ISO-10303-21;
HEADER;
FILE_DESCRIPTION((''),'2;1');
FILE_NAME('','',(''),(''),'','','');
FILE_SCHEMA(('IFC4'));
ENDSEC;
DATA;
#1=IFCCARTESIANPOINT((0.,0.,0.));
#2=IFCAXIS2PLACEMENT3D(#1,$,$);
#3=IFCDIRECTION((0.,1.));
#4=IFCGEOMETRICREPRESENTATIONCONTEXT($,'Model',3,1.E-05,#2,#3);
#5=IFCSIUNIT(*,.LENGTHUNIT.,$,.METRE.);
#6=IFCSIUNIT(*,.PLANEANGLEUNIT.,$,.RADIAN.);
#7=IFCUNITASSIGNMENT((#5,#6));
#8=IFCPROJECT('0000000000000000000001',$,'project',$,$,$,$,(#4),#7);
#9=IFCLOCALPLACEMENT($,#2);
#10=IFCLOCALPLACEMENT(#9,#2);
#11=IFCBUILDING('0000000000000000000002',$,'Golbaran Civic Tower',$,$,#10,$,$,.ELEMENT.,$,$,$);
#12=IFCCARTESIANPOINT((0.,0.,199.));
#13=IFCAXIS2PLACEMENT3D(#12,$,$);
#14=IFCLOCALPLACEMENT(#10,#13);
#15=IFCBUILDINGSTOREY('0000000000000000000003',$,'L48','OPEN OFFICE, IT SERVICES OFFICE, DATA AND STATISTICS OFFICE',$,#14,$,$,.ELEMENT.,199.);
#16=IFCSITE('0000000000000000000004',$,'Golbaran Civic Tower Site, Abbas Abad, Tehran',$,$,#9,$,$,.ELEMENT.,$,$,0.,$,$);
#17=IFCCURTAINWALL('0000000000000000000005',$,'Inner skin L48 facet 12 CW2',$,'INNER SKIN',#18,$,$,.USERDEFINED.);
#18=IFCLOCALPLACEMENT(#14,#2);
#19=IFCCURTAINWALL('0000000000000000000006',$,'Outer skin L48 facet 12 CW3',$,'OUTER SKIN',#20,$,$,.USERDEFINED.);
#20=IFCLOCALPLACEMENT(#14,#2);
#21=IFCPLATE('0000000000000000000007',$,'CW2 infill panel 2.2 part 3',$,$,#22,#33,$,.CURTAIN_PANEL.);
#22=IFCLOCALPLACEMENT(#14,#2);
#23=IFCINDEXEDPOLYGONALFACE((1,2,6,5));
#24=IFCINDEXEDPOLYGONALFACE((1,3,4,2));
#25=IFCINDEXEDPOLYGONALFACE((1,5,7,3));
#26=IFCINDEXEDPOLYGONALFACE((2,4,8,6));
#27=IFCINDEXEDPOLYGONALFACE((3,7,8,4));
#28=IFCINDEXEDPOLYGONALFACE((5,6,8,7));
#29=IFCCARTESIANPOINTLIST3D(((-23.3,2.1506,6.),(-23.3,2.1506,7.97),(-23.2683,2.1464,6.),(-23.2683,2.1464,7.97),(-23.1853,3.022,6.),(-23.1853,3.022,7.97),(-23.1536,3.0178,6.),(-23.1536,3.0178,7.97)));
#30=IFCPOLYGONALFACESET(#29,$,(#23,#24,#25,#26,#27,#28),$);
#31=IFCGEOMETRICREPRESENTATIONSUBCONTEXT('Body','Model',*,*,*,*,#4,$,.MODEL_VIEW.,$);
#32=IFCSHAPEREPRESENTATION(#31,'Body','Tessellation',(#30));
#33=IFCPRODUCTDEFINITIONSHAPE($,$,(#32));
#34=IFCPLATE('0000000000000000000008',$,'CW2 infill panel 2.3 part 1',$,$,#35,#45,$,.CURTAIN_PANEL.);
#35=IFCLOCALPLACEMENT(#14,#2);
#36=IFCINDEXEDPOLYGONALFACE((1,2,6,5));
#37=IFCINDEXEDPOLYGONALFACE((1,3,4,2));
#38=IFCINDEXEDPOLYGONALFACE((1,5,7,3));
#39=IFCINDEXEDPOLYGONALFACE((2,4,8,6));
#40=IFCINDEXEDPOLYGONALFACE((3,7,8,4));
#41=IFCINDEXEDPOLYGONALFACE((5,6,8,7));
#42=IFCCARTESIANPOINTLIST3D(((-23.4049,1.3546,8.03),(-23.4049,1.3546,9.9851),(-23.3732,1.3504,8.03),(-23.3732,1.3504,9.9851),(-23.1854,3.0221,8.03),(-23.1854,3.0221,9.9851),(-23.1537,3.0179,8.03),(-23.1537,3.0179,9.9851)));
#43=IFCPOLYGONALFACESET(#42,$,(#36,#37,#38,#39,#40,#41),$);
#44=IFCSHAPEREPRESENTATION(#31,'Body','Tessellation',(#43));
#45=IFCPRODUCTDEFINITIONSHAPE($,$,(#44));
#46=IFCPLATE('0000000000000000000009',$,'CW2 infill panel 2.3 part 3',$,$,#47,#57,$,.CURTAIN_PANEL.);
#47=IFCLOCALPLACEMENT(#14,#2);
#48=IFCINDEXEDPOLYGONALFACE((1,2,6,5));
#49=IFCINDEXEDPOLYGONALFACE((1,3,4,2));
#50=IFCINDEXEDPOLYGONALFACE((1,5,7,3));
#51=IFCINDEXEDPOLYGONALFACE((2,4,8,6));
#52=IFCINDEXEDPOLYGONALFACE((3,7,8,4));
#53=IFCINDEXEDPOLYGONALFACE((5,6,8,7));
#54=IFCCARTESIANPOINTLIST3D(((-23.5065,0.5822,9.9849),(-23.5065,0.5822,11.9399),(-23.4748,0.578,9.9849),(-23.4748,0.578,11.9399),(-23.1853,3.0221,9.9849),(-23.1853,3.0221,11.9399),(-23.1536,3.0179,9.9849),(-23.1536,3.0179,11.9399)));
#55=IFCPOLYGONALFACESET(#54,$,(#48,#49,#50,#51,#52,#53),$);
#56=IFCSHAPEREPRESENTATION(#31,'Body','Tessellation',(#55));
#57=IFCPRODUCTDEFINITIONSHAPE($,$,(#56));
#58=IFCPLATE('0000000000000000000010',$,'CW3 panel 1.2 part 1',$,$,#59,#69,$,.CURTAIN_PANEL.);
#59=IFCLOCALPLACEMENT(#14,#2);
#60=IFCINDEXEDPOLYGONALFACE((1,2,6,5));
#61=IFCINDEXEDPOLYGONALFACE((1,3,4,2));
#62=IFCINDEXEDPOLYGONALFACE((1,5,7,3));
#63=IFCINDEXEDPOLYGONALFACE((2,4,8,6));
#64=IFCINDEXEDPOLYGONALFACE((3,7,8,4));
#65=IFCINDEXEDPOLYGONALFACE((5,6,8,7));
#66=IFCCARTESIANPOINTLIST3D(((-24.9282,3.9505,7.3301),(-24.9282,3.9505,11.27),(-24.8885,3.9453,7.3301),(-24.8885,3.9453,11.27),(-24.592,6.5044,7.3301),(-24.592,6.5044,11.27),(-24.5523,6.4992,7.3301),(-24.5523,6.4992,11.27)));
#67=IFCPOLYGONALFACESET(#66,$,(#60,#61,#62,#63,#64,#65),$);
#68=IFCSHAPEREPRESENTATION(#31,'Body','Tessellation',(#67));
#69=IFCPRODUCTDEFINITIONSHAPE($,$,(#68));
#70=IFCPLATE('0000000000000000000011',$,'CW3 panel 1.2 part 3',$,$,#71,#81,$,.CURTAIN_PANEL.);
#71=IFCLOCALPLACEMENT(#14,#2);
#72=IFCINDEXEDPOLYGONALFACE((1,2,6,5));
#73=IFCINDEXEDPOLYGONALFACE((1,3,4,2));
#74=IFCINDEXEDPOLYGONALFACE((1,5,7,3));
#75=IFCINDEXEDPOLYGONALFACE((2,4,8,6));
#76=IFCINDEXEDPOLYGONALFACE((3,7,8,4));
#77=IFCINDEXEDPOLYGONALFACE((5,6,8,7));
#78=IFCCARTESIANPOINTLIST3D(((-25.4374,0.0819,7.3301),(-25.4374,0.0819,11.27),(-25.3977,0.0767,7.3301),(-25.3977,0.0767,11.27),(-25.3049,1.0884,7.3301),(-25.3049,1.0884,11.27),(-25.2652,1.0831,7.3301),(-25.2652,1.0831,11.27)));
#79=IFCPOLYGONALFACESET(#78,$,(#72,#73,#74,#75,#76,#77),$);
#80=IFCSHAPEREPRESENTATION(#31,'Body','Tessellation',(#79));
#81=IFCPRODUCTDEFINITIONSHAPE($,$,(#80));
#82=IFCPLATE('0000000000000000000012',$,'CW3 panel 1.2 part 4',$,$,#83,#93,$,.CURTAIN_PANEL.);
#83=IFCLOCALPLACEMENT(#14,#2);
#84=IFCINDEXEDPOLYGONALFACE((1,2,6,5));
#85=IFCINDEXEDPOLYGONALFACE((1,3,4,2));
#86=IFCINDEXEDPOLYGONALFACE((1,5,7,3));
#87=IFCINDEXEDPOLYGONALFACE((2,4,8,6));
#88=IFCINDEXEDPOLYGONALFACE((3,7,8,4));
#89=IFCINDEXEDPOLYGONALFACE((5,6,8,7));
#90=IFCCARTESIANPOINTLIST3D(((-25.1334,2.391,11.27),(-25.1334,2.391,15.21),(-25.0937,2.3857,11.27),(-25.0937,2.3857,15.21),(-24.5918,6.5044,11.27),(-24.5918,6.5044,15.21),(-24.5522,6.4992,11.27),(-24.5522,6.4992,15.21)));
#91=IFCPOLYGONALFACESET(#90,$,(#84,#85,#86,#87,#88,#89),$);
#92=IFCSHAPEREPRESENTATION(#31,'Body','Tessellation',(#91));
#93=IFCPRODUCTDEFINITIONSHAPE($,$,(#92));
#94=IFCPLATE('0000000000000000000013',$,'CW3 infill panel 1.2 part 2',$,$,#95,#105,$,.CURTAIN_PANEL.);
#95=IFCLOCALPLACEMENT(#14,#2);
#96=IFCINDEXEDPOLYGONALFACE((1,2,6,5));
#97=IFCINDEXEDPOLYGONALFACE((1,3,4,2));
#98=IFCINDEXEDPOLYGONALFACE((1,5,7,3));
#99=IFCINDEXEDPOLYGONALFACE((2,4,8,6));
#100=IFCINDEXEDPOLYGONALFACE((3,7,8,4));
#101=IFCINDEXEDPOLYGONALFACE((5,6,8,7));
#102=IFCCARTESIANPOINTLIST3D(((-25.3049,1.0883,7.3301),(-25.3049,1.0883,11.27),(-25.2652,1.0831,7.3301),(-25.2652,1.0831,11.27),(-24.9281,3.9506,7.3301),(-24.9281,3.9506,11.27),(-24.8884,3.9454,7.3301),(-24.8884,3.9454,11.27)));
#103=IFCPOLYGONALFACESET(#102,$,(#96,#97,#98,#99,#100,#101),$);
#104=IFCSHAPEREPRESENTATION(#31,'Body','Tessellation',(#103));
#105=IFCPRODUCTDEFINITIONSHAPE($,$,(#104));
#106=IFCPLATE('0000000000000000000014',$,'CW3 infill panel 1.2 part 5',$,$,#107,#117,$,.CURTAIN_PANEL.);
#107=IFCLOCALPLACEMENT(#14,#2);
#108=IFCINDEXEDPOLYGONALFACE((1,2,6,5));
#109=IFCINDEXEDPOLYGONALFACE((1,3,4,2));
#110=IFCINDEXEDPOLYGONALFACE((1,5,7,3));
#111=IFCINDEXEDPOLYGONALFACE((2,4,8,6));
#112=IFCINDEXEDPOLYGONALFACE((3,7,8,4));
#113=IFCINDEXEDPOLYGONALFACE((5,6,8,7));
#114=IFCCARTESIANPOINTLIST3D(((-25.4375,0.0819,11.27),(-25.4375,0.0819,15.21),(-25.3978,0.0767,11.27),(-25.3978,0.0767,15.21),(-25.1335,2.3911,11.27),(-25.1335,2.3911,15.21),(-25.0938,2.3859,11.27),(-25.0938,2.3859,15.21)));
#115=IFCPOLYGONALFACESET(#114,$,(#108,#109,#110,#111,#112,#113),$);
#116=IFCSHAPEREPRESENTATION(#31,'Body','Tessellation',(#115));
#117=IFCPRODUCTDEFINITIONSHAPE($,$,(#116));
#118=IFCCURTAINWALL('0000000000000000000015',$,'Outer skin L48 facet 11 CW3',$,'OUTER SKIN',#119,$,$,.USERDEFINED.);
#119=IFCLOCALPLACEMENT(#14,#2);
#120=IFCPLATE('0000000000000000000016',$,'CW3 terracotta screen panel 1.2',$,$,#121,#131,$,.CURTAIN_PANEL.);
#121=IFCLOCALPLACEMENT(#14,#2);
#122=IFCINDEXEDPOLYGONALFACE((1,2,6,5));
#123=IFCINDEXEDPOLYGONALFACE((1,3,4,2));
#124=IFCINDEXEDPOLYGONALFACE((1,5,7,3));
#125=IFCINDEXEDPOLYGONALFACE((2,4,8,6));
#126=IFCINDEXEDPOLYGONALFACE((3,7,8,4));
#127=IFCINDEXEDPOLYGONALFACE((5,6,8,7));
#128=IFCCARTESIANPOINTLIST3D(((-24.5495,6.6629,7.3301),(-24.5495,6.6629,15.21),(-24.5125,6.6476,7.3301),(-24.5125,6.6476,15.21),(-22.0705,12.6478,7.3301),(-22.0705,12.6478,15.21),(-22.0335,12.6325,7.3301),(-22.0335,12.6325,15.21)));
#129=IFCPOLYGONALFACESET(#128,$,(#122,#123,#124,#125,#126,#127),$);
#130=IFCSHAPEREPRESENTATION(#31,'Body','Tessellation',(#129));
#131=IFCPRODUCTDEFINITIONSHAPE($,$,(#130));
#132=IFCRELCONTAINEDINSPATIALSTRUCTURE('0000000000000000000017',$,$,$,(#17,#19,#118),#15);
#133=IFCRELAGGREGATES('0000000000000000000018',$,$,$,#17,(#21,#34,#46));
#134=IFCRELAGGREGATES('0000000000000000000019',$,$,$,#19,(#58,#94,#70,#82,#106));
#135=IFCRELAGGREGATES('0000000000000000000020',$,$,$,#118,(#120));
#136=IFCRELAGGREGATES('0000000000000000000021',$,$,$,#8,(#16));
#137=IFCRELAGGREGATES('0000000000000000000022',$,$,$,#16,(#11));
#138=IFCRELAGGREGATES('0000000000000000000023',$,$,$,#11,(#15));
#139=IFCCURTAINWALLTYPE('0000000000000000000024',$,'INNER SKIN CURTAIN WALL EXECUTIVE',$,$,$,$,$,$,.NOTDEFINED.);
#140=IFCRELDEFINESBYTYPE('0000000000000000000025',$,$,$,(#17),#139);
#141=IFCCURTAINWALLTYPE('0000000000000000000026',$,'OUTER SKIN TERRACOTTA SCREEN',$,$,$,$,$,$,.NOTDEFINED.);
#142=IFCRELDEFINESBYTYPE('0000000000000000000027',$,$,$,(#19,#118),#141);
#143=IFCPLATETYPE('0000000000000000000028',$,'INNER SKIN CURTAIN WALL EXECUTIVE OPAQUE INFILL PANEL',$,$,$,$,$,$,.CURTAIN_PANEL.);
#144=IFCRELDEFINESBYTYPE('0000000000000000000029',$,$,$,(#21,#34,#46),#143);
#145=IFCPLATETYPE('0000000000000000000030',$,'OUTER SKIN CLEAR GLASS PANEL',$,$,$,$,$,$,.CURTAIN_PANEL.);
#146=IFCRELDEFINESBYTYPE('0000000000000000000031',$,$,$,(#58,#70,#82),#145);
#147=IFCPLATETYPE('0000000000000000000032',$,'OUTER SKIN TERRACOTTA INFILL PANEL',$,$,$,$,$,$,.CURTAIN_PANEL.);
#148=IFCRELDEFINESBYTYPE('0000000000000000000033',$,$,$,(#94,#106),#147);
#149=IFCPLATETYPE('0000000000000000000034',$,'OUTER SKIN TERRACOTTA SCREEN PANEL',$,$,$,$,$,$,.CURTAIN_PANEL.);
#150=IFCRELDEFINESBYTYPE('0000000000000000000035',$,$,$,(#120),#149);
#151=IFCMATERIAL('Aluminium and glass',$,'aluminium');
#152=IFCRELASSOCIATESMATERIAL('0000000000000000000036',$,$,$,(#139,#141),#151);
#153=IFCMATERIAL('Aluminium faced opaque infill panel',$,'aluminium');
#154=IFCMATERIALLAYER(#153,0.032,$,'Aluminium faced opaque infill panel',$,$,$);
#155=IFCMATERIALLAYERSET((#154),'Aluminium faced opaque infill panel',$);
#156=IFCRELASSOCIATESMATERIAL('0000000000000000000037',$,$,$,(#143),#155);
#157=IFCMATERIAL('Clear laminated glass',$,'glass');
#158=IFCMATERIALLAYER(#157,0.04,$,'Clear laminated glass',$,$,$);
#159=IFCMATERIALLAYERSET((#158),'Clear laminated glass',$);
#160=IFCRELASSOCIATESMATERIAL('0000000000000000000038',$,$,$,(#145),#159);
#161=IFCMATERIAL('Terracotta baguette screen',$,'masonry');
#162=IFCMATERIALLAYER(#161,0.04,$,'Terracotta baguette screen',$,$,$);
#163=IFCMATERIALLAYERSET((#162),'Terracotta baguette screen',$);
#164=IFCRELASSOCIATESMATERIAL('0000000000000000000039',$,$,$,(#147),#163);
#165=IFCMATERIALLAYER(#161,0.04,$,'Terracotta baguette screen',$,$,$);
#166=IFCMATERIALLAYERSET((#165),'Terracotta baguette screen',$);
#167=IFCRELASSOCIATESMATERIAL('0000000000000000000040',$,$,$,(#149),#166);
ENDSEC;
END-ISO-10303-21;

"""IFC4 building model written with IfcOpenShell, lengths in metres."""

from ifc_helpers import new_model, si_unit, direction, frame, origin, origin_2d, place, context, subcontext, project, spatial, rectangle, extrude, material, layer, layer_set, type_object, element, aggregate, save


model = new_model("IFC4")

# Units and contexts
model_context = context("Model", 3, precision=1e-05, world=origin(), true_north=direction((0.0, 1.0)))
body_context = subcontext(model_context, "Body", "Model", "MODEL_VIEW")
ifc_project = project(units=[si_unit("LENGTHUNIT", "METRE"), si_unit("PLANEANGLEUNIT", "RADIAN")], contexts=[model_context])

# Site, building, storey
site_placement = place(None, origin())
site = spatial("IfcSite", under=ifc_project, at=site_placement, Name="Golbaran Civic Tower Site, Abbas Abad, Tehran", CompositionType="ELEMENT", RefElevation=0.0)
building_placement = place(site_placement, origin())
building = spatial("IfcBuilding", under=site, at=building_placement, Name="Golbaran Civic Tower", CompositionType="ELEMENT")
storey_placement = place(building_placement, frame((0.0, 0.0, 199.0)))
storey = spatial("IfcBuildingStorey", under=building, at=storey_placement, Name="L48", Description="OPEN OFFICE, IT SERVICES OFFICE, DATA AND STATISTICS OFFICE", CompositionType="ELEMENT", Elevation=199.0)

# Curtain walls
ifc_material_1 = material(Name="Aluminium and glass", Category="aluminium")
curtain_wall_type_1 = type_object("IfcCurtainWallType", Name="INNER SKIN CURTAIN WALL EXECUTIVE", PredefinedType="NOTDEFINED", material=ifc_material_1)
curtain_wall_1_placement = place(storey_placement, origin())
curtain_wall_1 = element("IfcCurtainWall", 1, at=curtain_wall_1_placement, inside=storey, type_object=curtain_wall_type_1, Name="Inner skin L48 facet 12 CW2", ObjectType="INNER SKIN", PredefinedType="USERDEFINED")
curtain_wall_type_2 = type_object("IfcCurtainWallType", Name="OUTER SKIN TERRACOTTA SCREEN", PredefinedType="NOTDEFINED", material=ifc_material_1)
curtain_wall_2_placement = place(storey_placement, origin())
curtain_wall_2 = element("IfcCurtainWall", 2, at=curtain_wall_2_placement, inside=storey, type_object=curtain_wall_type_2, Name="Outer skin L48 facet 12 CW3", ObjectType="OUTER SKIN", PredefinedType="USERDEFINED")

# Plates
ifc_material_2 = material(Name="Aluminium faced opaque infill panel", Category="aluminium")
ifc_layer_1 = layer(ifc_material_2, 0.032, Name="Aluminium faced opaque infill panel")
ifc_layer_set_1 = layer_set([ifc_layer_1], Name="Aluminium faced opaque infill panel")
plate_type_1 = type_object("IfcPlateType", Name="INNER SKIN CURTAIN WALL EXECUTIVE OPAQUE INFILL PANEL", PredefinedType="CURTAIN_PANEL", material=ifc_layer_set_1)
plate_1_placement = place(storey_placement, frame((-23.2268, 2.5842, 6.0), z_axis=(0.0, 0.0, 1.0), x_axis=(-0.130526, -0.991445, 0.0)))
plate_1 = element("IfcPlate", 3, at=plate_1_placement, type_object=plate_type_1, Name="CW2 infill panel 2.2 part 3", PredefinedType="CURTAIN_PANEL", context=body_context, shape_type="SweptSolid", body=[
    extrude(rectangle(XDim=0.8789, YDim=0.032, at=origin_2d()), origin(), (0.0, 0.0, 1.0), 1.97),
])
plate_2_placement = place(storey_placement, frame((-23.2793, 2.1863, 8.03), z_axis=(0.0, 0.0, 1.0), x_axis=(-0.130526, -0.991445, 0.0)))
plate_2 = element("IfcPlate", 4, at=plate_2_placement, type_object=plate_type_1, Name="CW2 infill panel 2.3 part 1", PredefinedType="CURTAIN_PANEL", context=body_context, shape_type="SweptSolid", body=[
    extrude(rectangle(XDim=1.6819, YDim=0.032, at=origin_2d()), origin(), (0.0, 0.0, 1.0), 1.9551),
])
plate_3_placement = place(storey_placement, frame((-23.3301, 1.8, 9.9849), z_axis=(0.0, 0.0, 1.0), x_axis=(-0.130526, -0.991445, 0.0)))
plate_3 = element("IfcPlate", 5, at=plate_3_placement, type_object=plate_type_1, Name="CW2 infill panel 2.3 part 3", PredefinedType="CURTAIN_PANEL", context=body_context, shape_type="SweptSolid", body=[
    extrude(rectangle(XDim=2.4609, YDim=0.032, at=origin_2d()), origin(), (0.0, 0.0, 1.0), 1.9551),
])
aggregate(curtain_wall_1, [plate_1, plate_2, plate_3])
ifc_material_3 = material(Name="Clear laminated glass", Category="glass")
ifc_layer_2 = layer(ifc_material_3, 0.04, Name="Clear laminated glass")
ifc_layer_set_2 = layer_set([ifc_layer_2], Name="Clear laminated glass")
plate_type_2 = type_object("IfcPlateType", Name="OUTER SKIN CLEAR GLASS PANEL", PredefinedType="CURTAIN_PANEL", material=ifc_layer_set_2)
plate_4_placement = place(storey_placement, frame((-24.7402, 5.2249, 7.3301), z_axis=(0.0, 0.0, 1.0), x_axis=(-0.130526, -0.991445, 0.0)))
plate_4 = element("IfcPlate", 6, at=plate_4_placement, type_object=plate_type_2, Name="CW3 panel 1.2 part 1", PredefinedType="CURTAIN_PANEL", context=body_context, shape_type="SweptSolid", body=[
    extrude(rectangle(XDim=2.5759, YDim=0.04, at=origin_2d()), origin(), (0.0, 0.0, 1.0), 3.9399),
])
plate_5_placement = place(storey_placement, frame((-25.3513, 0.5825, 7.3301), z_axis=(0.0, 0.0, 1.0), x_axis=(-0.130526, -0.991445, 0.0)))
plate_5 = element("IfcPlate", 7, at=plate_5_placement, type_object=plate_type_2, Name="CW3 panel 1.2 part 3", PredefinedType="CURTAIN_PANEL", context=body_context, shape_type="SweptSolid", body=[
    extrude(rectangle(XDim=1.0151, YDim=0.04, at=origin_2d()), origin(), (0.0, 0.0, 1.0), 3.9399),
])
plate_6_placement = place(storey_placement, frame((-24.8428, 4.4451, 11.27), z_axis=(0.0, 0.0, 1.0), x_axis=(-0.130526, -0.991445, 0.0)))
plate_6 = element("IfcPlate", 8, at=plate_6_placement, type_object=plate_type_2, Name="CW3 panel 1.2 part 4", PredefinedType="CURTAIN_PANEL", context=body_context, shape_type="SweptSolid", body=[
    extrude(rectangle(XDim=4.1489, YDim=0.04, at=origin_2d()), origin(), (0.0, 0.0, 1.0), 3.9399),
])
ifc_material_4 = material(Name="Terracotta baguette screen", Category="masonry")
ifc_layer_3 = layer(ifc_material_4, 0.04, Name="Terracotta baguette screen")
ifc_layer_set_3 = layer_set([ifc_layer_3], Name="Terracotta baguette screen")
plate_type_3 = type_object("IfcPlateType", Name="OUTER SKIN TERRACOTTA INFILL PANEL", PredefinedType="CURTAIN_PANEL", material=ifc_layer_set_3)
plate_7_placement = place(storey_placement, frame((-25.0967, 2.5168, 7.3301), z_axis=(0.0, 0.0, 1.0), x_axis=(-0.130526, -0.991445, 0.0)))
plate_7 = element("IfcPlate", 9, at=plate_7_placement, type_object=plate_type_3, Name="CW3 infill panel 1.2 part 2", PredefinedType="CURTAIN_PANEL", context=body_context, shape_type="SweptSolid", body=[
    extrude(rectangle(XDim=2.887, YDim=0.04, at=origin_2d()), origin(), (0.0, 0.0, 1.0), 3.9399),
])
plate_8_placement = place(storey_placement, frame((-25.2656, 1.2339, 11.27), z_axis=(0.0, 0.0, 1.0), x_axis=(-0.130526, -0.991445, 0.0)))
plate_8 = element("IfcPlate", 10, at=plate_8_placement, type_object=plate_type_3, Name="CW3 infill panel 1.2 part 5", PredefinedType="CURTAIN_PANEL", context=body_context, shape_type="SweptSolid", body=[
    extrude(rectangle(XDim=2.3291, YDim=0.04, at=origin_2d()), origin(), (0.0, 0.0, 1.0), 3.9399),
])
aggregate(curtain_wall_2, [plate_4, plate_7, plate_5, plate_6, plate_8])

# Curtain wall, plate
curtain_wall_3_placement = place(storey_placement, origin())
curtain_wall_3 = element("IfcCurtainWall", 11, at=curtain_wall_3_placement, inside=storey, type_object=curtain_wall_type_2, Name="Outer skin L48 facet 11 CW3", ObjectType="OUTER SKIN", PredefinedType="USERDEFINED")
ifc_layer_4 = layer(ifc_material_4, 0.04, Name="Terracotta baguette screen")
ifc_layer_set_4 = layer_set([ifc_layer_4], Name="Terracotta baguette screen")
plate_type_4 = type_object("IfcPlateType", Name="OUTER SKIN TERRACOTTA SCREEN PANEL", PredefinedType="CURTAIN_PANEL", material=ifc_layer_set_4)
plate_9_placement = place(storey_placement, frame((-23.2915, 9.6477, 7.3301), z_axis=(0.0, 0.0, 1.0), x_axis=(-0.382683, -0.92388, 0.0)))
plate_9 = element("IfcPlate", 12, at=plate_9_placement, type_object=plate_type_4, Name="CW3 terracotta screen panel 1.2", PredefinedType="CURTAIN_PANEL", context=body_context, shape_type="SweptSolid", body=[
    extrude(rectangle(XDim=6.478, YDim=0.04, at=origin_2d()), origin(), (0.0, 0.0, 1.0), 7.8799),
])
aggregate(curtain_wall_3, [plate_9])

save(model, "model.ifc")
